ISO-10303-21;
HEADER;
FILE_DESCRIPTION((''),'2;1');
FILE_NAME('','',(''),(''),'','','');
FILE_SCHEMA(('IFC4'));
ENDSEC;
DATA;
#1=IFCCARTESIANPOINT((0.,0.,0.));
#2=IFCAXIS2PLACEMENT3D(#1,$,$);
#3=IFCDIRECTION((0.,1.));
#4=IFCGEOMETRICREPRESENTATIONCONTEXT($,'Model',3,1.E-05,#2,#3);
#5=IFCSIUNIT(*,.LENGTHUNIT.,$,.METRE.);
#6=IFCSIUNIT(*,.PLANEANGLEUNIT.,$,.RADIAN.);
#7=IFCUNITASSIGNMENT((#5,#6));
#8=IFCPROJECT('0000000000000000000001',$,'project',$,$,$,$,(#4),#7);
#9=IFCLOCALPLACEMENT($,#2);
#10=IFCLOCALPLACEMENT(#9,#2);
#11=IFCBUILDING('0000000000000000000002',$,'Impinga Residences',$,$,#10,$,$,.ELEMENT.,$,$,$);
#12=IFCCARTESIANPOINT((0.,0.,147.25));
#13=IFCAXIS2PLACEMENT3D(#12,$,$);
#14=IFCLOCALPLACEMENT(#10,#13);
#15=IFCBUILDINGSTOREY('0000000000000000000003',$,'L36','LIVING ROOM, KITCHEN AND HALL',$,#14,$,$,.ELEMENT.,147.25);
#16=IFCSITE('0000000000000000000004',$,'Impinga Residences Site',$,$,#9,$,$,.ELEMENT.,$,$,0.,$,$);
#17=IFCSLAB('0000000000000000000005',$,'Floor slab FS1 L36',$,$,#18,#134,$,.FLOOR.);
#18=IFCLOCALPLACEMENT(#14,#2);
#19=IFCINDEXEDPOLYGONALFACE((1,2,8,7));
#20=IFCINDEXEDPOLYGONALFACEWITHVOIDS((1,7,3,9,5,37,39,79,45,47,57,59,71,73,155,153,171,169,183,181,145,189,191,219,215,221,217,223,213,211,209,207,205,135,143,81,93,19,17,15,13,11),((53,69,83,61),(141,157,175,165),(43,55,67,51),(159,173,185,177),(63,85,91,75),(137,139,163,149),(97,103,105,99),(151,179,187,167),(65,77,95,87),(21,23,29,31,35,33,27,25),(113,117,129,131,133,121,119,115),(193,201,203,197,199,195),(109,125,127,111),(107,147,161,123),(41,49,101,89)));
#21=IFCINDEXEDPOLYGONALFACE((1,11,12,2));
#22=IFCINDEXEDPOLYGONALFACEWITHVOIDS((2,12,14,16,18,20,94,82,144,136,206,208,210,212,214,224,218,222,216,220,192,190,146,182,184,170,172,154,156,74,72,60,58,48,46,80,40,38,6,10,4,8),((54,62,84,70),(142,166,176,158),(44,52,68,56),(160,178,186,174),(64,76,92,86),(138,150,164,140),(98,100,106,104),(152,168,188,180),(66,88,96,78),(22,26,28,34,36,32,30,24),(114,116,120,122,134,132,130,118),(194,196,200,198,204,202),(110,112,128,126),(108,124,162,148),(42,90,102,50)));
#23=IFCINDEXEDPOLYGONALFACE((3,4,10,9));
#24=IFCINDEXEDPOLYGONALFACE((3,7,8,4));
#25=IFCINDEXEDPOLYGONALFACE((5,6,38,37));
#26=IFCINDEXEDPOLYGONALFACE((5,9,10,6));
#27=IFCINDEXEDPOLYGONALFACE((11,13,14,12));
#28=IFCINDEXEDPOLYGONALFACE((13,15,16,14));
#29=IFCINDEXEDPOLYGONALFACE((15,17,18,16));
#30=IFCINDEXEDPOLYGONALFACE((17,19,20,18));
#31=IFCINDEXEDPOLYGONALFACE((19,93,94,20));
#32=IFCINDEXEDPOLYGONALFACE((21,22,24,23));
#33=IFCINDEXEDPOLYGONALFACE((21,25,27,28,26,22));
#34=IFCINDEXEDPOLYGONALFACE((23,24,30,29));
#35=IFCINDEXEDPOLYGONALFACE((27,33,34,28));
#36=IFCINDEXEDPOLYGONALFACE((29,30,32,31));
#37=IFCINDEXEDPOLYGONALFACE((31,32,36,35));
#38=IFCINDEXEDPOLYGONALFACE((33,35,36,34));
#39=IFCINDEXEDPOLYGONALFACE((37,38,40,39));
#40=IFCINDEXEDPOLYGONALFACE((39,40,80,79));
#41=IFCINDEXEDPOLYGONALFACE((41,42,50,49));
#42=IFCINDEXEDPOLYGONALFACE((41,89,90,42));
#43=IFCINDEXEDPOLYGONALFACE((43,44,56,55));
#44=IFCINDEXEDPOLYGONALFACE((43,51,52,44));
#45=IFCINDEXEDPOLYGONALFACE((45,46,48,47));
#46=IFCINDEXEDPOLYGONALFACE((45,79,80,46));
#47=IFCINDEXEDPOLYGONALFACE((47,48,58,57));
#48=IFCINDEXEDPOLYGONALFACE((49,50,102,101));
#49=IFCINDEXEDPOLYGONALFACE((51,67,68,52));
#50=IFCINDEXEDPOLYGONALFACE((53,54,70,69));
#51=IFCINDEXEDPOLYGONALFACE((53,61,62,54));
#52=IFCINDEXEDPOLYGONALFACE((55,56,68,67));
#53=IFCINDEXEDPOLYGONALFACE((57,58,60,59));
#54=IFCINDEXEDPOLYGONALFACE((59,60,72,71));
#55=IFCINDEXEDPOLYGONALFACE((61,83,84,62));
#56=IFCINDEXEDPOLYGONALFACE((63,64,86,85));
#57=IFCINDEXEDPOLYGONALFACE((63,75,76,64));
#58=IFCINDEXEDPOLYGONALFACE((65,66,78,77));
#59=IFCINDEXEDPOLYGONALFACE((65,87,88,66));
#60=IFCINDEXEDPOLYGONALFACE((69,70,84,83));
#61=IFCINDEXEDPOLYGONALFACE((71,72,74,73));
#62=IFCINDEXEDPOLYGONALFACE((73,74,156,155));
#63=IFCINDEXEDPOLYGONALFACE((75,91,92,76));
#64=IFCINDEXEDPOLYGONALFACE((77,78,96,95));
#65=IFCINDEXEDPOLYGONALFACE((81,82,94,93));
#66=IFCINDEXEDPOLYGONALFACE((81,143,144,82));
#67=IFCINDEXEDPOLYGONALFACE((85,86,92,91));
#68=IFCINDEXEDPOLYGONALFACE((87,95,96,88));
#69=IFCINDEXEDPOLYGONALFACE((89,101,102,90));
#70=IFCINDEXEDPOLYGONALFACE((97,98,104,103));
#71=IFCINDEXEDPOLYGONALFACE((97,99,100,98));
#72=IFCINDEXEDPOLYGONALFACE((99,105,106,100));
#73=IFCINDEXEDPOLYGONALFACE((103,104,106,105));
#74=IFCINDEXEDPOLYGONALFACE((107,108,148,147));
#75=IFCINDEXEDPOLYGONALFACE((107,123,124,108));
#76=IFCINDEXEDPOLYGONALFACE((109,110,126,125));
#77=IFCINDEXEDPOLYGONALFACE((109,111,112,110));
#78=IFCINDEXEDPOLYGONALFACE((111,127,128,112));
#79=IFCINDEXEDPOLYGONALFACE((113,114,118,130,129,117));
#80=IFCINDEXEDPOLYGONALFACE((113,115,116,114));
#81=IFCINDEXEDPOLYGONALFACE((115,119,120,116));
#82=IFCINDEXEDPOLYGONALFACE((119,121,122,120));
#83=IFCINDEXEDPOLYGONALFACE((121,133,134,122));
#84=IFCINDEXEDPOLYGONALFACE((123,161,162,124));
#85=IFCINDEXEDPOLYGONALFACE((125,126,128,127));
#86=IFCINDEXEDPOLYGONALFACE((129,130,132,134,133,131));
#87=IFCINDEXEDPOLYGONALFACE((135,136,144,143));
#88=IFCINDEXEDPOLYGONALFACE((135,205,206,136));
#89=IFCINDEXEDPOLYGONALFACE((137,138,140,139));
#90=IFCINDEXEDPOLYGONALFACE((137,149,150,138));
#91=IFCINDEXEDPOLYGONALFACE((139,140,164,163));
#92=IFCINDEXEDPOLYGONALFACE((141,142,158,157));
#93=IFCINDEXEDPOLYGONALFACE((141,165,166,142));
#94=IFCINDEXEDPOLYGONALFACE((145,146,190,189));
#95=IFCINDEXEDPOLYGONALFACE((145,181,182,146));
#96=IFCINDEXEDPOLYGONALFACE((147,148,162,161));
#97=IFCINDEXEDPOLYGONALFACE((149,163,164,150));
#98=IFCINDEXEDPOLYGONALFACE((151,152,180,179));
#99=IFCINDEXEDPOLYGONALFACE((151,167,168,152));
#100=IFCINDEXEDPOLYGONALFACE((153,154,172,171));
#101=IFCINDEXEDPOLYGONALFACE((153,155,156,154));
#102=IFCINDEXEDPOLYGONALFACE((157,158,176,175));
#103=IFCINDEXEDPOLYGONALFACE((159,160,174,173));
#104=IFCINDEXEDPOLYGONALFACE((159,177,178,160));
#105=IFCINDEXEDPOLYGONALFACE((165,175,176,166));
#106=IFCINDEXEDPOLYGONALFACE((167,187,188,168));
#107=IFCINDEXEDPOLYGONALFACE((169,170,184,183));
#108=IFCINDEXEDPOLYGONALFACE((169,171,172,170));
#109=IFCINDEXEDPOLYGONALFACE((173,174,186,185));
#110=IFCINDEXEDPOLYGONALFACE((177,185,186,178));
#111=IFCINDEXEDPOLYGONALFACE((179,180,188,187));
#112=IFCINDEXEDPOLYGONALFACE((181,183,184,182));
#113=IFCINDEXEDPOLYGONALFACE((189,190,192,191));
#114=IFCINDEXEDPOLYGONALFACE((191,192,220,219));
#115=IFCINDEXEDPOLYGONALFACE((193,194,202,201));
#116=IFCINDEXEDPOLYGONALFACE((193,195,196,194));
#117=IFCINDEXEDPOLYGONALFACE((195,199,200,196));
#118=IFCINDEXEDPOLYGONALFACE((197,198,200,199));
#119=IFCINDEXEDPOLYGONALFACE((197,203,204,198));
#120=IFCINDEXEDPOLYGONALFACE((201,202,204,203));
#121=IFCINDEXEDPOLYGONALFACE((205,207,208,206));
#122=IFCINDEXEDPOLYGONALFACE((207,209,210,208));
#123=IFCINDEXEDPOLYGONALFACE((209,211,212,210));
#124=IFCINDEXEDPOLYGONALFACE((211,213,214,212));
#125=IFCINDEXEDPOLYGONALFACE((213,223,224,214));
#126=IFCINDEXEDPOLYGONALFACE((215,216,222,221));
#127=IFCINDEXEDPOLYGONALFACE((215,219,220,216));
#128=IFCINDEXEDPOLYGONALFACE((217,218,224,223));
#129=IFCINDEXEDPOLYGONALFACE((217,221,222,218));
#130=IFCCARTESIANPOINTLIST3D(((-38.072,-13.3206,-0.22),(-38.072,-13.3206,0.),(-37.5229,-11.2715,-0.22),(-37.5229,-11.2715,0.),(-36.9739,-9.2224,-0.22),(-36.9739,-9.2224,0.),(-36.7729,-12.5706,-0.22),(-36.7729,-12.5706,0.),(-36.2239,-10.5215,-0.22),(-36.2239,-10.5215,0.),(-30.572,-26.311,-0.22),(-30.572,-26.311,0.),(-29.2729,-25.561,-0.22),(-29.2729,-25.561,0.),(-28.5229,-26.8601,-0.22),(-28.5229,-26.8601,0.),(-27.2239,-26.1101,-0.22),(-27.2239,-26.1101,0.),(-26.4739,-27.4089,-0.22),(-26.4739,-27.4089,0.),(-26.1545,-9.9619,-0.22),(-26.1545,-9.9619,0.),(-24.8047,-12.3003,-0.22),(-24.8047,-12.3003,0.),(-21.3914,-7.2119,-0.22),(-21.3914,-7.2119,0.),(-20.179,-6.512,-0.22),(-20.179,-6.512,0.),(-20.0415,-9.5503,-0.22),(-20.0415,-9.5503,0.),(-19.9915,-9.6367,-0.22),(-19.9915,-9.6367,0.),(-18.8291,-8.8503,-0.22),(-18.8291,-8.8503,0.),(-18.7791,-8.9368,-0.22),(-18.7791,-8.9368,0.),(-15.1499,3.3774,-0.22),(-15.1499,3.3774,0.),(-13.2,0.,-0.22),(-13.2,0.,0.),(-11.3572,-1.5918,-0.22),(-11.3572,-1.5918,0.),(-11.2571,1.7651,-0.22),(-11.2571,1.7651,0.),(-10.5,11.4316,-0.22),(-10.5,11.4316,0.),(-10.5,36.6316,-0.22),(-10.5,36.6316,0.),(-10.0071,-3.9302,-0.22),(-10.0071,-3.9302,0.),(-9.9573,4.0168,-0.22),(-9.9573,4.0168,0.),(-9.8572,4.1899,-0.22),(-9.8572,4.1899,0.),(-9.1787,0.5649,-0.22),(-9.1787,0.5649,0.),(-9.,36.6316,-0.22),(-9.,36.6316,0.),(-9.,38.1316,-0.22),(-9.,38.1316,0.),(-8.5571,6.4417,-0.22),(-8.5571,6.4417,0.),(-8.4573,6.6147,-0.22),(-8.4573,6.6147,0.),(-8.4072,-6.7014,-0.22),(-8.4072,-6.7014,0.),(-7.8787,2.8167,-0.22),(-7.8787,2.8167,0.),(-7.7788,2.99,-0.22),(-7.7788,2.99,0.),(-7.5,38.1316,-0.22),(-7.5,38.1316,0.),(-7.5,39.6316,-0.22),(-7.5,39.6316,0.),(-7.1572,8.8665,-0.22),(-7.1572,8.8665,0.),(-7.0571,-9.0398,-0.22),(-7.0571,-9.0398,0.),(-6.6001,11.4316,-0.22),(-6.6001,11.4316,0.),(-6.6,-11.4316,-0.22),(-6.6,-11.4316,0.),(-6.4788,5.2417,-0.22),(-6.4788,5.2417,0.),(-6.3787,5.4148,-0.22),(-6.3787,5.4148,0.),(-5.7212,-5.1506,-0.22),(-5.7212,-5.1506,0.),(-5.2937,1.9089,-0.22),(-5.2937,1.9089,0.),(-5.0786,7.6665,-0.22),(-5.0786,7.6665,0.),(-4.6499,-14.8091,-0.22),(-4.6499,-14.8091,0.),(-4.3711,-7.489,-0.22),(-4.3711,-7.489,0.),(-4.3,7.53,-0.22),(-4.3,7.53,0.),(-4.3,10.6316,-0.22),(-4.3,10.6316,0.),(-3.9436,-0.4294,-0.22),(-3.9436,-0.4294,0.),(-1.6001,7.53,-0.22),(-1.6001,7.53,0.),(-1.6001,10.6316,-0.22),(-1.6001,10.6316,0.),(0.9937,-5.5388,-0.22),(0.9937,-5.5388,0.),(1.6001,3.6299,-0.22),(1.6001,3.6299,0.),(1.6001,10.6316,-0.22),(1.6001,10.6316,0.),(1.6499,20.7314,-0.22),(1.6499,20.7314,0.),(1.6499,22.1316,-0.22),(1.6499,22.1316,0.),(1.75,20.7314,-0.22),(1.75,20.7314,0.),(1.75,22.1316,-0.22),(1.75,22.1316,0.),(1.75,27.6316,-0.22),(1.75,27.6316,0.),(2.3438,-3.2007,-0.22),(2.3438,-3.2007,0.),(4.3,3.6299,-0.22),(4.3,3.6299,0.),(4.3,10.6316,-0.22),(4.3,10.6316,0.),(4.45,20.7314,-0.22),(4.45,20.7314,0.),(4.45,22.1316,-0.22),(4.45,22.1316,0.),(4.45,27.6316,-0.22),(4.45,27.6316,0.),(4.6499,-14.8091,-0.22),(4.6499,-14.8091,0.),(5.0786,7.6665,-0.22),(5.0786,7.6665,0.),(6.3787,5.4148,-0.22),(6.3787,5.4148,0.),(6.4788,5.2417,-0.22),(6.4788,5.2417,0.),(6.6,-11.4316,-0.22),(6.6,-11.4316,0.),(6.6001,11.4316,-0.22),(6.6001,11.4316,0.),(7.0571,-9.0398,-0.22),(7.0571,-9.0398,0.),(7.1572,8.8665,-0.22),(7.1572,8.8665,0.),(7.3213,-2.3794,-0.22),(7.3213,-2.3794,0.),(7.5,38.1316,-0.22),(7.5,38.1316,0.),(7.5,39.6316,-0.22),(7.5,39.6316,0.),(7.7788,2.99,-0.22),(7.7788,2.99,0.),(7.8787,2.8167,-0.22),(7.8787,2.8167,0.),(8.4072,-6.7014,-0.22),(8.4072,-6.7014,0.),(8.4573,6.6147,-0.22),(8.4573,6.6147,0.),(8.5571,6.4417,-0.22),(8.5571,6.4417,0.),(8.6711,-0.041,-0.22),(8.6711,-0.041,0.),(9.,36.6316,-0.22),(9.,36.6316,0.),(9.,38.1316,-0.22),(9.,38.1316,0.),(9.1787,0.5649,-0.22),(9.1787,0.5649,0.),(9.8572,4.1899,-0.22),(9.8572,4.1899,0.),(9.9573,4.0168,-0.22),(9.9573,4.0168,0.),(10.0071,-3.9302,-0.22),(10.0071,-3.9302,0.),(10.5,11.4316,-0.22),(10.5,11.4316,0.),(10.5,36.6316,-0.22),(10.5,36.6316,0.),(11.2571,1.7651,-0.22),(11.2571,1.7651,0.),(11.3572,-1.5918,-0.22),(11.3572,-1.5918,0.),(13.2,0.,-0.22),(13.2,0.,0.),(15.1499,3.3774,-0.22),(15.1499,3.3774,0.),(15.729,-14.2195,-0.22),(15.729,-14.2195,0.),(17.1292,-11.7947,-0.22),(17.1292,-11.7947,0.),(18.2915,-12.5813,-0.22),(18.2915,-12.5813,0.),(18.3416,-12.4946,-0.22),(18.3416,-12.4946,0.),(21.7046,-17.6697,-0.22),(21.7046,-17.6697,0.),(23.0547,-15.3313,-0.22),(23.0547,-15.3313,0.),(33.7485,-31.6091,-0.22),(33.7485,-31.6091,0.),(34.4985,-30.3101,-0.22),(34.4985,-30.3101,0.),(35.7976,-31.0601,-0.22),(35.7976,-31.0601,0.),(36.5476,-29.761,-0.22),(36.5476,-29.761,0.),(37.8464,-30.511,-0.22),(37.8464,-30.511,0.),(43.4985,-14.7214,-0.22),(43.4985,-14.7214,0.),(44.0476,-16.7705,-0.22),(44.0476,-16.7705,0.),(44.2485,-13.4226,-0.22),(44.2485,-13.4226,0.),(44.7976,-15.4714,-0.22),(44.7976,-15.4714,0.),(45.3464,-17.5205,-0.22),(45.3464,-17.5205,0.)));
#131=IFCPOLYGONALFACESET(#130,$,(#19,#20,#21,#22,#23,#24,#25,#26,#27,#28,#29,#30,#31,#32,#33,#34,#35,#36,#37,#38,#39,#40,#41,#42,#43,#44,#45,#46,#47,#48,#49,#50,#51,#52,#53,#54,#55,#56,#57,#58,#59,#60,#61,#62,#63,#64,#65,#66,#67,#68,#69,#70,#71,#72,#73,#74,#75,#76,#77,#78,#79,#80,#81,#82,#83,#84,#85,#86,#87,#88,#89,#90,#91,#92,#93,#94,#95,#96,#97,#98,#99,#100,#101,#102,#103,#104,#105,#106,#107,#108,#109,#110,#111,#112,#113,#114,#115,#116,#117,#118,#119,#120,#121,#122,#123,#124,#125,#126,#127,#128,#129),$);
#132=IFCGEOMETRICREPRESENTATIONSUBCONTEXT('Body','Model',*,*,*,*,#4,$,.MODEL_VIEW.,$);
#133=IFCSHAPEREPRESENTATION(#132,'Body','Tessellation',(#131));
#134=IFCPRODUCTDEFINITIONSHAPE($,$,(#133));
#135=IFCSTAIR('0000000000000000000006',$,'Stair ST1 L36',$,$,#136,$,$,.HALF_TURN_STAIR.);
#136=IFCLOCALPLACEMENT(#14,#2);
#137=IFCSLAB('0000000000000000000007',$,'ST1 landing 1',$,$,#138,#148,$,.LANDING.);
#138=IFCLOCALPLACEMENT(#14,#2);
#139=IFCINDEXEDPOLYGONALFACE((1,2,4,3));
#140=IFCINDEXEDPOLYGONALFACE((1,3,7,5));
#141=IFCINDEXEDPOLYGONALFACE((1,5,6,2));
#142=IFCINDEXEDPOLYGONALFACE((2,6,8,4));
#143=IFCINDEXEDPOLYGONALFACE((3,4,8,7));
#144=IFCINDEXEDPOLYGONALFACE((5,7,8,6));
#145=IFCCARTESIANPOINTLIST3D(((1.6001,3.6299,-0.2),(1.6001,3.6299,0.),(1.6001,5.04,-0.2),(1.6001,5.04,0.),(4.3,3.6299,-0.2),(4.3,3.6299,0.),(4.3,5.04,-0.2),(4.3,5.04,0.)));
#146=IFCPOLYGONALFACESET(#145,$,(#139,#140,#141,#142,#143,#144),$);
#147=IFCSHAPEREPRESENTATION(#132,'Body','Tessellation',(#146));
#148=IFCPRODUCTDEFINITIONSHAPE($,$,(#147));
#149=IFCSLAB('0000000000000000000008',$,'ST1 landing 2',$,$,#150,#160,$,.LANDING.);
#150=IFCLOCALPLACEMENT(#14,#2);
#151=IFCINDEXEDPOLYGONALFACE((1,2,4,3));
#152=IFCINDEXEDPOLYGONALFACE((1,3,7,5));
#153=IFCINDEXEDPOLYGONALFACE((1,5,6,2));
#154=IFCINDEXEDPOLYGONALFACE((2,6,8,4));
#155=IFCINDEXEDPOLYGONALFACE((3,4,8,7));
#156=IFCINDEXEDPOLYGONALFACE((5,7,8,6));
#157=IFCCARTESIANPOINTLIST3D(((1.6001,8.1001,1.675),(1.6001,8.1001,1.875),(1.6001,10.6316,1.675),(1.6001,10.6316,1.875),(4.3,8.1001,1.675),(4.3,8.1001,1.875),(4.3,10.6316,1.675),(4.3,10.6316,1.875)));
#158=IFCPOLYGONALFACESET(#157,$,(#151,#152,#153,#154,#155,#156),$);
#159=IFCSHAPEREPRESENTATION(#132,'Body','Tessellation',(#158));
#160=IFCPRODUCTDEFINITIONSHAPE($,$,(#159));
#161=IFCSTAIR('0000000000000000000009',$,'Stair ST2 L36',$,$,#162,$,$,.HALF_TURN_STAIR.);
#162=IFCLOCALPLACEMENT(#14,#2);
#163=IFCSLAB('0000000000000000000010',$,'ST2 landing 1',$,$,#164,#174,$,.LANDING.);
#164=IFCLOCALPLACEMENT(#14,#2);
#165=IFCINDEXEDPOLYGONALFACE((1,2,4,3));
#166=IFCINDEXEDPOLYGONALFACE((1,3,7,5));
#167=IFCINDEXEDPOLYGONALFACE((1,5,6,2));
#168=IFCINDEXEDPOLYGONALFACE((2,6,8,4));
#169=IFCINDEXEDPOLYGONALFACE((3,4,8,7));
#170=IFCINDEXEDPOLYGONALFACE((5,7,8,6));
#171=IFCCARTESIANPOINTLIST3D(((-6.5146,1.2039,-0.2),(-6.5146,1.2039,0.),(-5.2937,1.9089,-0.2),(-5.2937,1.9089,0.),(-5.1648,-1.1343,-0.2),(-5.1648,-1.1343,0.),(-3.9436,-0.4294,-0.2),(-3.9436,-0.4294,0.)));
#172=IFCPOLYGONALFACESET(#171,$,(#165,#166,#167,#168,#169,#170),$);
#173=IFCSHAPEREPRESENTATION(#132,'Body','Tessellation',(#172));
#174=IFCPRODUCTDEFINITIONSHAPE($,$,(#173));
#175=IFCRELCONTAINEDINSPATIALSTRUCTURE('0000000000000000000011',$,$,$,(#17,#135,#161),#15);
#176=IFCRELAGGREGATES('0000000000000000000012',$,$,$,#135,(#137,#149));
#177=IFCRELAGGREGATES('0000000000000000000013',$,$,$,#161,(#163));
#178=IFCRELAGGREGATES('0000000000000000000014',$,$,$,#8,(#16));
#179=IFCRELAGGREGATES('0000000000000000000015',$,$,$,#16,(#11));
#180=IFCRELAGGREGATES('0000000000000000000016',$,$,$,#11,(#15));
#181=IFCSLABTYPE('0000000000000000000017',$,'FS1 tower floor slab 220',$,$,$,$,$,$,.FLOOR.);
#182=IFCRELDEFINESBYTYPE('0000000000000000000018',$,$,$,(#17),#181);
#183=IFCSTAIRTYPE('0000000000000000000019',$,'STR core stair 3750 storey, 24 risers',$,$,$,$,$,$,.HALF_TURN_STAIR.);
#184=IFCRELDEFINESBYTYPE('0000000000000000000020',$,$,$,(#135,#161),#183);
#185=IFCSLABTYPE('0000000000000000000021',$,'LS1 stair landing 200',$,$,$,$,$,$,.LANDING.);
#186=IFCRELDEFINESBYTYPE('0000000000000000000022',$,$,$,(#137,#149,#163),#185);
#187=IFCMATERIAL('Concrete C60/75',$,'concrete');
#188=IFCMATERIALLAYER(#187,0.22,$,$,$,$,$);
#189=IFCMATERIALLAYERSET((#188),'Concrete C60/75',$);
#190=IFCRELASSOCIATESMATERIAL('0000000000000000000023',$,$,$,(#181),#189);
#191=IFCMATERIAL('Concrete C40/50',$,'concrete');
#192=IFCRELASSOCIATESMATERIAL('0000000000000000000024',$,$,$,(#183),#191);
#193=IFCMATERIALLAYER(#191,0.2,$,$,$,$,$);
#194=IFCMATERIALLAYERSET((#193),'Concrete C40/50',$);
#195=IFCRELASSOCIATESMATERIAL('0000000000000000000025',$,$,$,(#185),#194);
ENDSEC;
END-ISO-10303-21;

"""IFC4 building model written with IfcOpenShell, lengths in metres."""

from ifc_helpers import new_model, si_unit, direction, frame, origin, place, context, subcontext, project, spatial, polyline, outline, extrude, material, layer, layer_set, type_object, element, aggregate, save


model = new_model("IFC4")

# Units and contexts
model_context = context("Model", 3, precision=1e-05, world=origin(), true_north=direction((0.0, 1.0)))
body_context = subcontext(model_context, "Body", "Model", "MODEL_VIEW")
ifc_project = project(units=[si_unit("LENGTHUNIT", "METRE"), si_unit("PLANEANGLEUNIT", "RADIAN")], contexts=[model_context])

# Site, building, storey
site_placement = place(None, origin())
site = spatial("IfcSite", under=ifc_project, at=site_placement, Name="Impinga Residences Site", CompositionType="ELEMENT", RefElevation=0.0)
building_placement = place(site_placement, origin())
building = spatial("IfcBuilding", under=site, at=building_placement, Name="Impinga Residences", CompositionType="ELEMENT")
storey_placement = place(building_placement, frame((0.0, 0.0, 147.25)))
storey = spatial("IfcBuildingStorey", under=building, at=storey_placement, Name="L36", Description="LIVING ROOM, KITCHEN AND HALL", CompositionType="ELEMENT", Elevation=147.25)

# Slab
ifc_material_1 = material(Name="Concrete C60/75", Category="concrete")
ifc_layer_1 = layer(ifc_material_1, 0.22)
ifc_layer_set_1 = layer_set([ifc_layer_1], Name="Concrete C60/75")
slab_type_1 = type_object("IfcSlabType", Name="FS1 tower floor slab 220", PredefinedType="FLOOR", material=ifc_layer_set_1)
slab_1_placement = place(storey_placement, frame((0.0, 0.0, -0.22)))
element("IfcSlab", 1, at=slab_1_placement, inside=storey, type_object=slab_type_1, Name="Floor slab FS1 L36", PredefinedType="FLOOR", context=body_context, shape_type="SweptSolid", body=[
    extrude(outline(polyline([(43.4985, -14.7214), (44.7976, -15.4714), (44.0476, -16.7705), (45.3464, -17.5205), (37.8464, -30.511), (36.5476, -29.761), (35.7976, -31.0601), (34.4985, -30.3101), (33.7485, -31.6091), (4.6499, -14.8091), (9.9001, -5.7158), (6.6001, -11.4316), (-6.6001, -11.4316), (-9.9001, -5.7158), (-4.6499, -14.8091), (-26.4739, -27.4089), (-27.2239, -26.1101), (-28.5229, -26.8601), (-29.2729, -25.561), (-30.572, -26.311), (-38.072, -13.3206), (-36.7729, -12.5706), (-37.5229, -11.2715), (-36.2239, -10.5215), (-36.9739, -9.2224), (-15.1499, 3.3774), (-13.2, 0.0), (-6.6001, 11.4316), (-10.5, 11.4316), (-10.5, 36.6316), (-9.0, 36.6316), (-9.0, 38.1316), (-7.5, 38.1316), (-7.5, 39.6316), (7.5, 39.6316), (7.5, 38.1316), (9.0, 38.1316), (9.0, 36.6316), (10.5, 36.6316), (10.5, 11.4316), (6.6001, 11.4316), (13.2, 0.0), (15.1499, 3.3774), (44.2485, -13.4226), (43.4985, -14.7214)]), holes=[polyline([(-18.7791, -8.9368), (-18.8291, -8.8503), (-18.8291, -8.8503), (-20.179, -6.512), (-21.3914, -7.2119), (-21.3914, -7.2119), (-26.1545, -9.9619), (-24.8047, -12.3003), (-20.0415, -9.5503), (-19.9915, -9.6367), (-18.7791, -8.9368)]), polyline([(-4.3711, -7.489), (-5.7212, -5.1506), (-8.4072, -6.7014), (-7.0571, -9.0398), (-4.3711, -7.489)]), polyline([(-3.9436, -0.4294), (-5.2937, 1.9089), (-11.3572, -1.5918), (-10.0071, -3.9302), (-3.9436, -0.4294)]), polyline([(-7.8787, 2.8167), (-9.9573, 4.0168), (-11.2571, 1.7651), (-9.1787, 0.5649), (-7.8787, 2.8167)]), polyline([(-6.4788, 5.2417), (-8.5571, 6.4417), (-9.8572, 4.1899), (-7.7788, 2.99), (-6.4788, 5.2417)]), polyline([(4.3, 3.6299), (4.3, 10.6316), (1.6001, 10.6316), (1.6001, 3.6299), (4.3, 3.6299)]), polyline([(-6.3787, 5.4148), (-5.0786, 7.6665), (-7.1572, 8.8665), (-8.4573, 6.6147), (-6.3787, 5.4148)]), polyline([(-4.3, 7.53), (-1.6001, 7.53), (-1.6001, 10.6316), (-4.3, 10.6316), (-4.3, 7.53)]), polyline([(4.45, 20.7314), (4.45, 22.1316), (4.45, 27.6316), (1.75, 27.6316), (1.75, 22.1316), (1.6499, 22.1316), (1.6499, 20.7314), (1.75, 20.7314), (4.45, 20.7314)]), polyline([(15.729, -14.2195), (21.7046, -17.6697), (23.0547, -15.3313), (18.2915, -12.5813), (18.3416, -12.4946), (17.1292, -11.7947), (15.729, -14.2195)]), polyline([(2.3438, -3.2007), (0.9937, -5.5388), (7.0571, -9.0398), (8.4072, -6.7014), (2.3438, -3.2007)]), polyline([(7.3213, -2.3794), (10.0071, -3.9302), (11.3572, -1.5918), (8.6711, -0.041), (7.3213, -2.3794)]), polyline([(7.8787, 2.8167), (9.1787, 0.5649), (11.2571, 1.7651), (9.9573, 4.0168), (7.8787, 2.8167)]), polyline([(6.4788, 5.2417), (7.7788, 2.99), (9.8572, 4.1899), (8.5571, 6.4417), (6.4788, 5.2417)]), polyline([(6.3787, 5.4148), (8.4573, 6.6147), (7.1572, 8.8665), (5.0786, 7.6665), (6.3787, 5.4148)])]), origin(), (0.0, 0.0, 1.0), 0.22),
])

# Stairs, slabs
ifc_material_2 = material(Name="Concrete C40/50", Category="concrete")
stair_type_1 = type_object("IfcStairType", Name="STR core stair 3750 storey, 24 risers", PredefinedType="HALF_TURN_STAIR", material=ifc_material_2)
stair_1_placement = place(storey_placement, origin())
stair_1 = element("IfcStair", 2, at=stair_1_placement, inside=storey, type_object=stair_type_1, Name="Stair ST1 L36", PredefinedType="HALF_TURN_STAIR")
ifc_layer_2 = layer(ifc_material_2, 0.2)
ifc_layer_set_2 = layer_set([ifc_layer_2], Name="Concrete C40/50")
slab_type_2 = type_object("IfcSlabType", Name="LS1 stair landing 200", PredefinedType="LANDING", material=ifc_layer_set_2)
slab_2_placement = place(storey_placement, frame((0.0, 0.0, -0.2)))
slab_2 = element("IfcSlab", 3, at=slab_2_placement, type_object=slab_type_2, Name="ST1 landing 1", PredefinedType="LANDING", context=body_context, shape_type="SweptSolid", body=[
    extrude(outline(polyline([(1.6001, 3.6299), (4.3, 3.6299), (4.3, 5.04), (1.6001, 5.04), (1.6001, 3.6299)])), origin(), (0.0, 0.0, 1.0), 0.2),
])
slab_3_placement = place(storey_placement, frame((0.0, 0.0, 1.675)))
slab_3 = element("IfcSlab", 4, at=slab_3_placement, type_object=slab_type_2, Name="ST1 landing 2", PredefinedType="LANDING", context=body_context, shape_type="SweptSolid", body=[
    extrude(outline(polyline([(1.6001, 8.1001), (4.3, 8.1001), (4.3, 10.6316), (1.6001, 10.6316), (1.6001, 8.1001)])), origin(), (0.0, 0.0, 1.0), 0.2),
])
aggregate(stair_1, [slab_2, slab_3])
stair_2_placement = place(storey_placement, origin())
stair_2 = element("IfcStair", 5, at=stair_2_placement, inside=storey, type_object=stair_type_1, Name="Stair ST2 L36", PredefinedType="HALF_TURN_STAIR")
slab_4_placement = place(storey_placement, frame((0.0, 0.0, -0.2)))
slab_4 = element("IfcSlab", 6, at=slab_4_placement, type_object=slab_type_2, Name="ST2 landing 1", PredefinedType="LANDING", context=body_context, shape_type="SweptSolid", body=[
    extrude(outline(polyline([(-3.9436, -0.4294), (-5.2937, 1.9089), (-6.5146, 1.2039), (-5.1648, -1.1343), (-3.9436, -0.4294)])), origin(), (0.0, 0.0, 1.0), 0.2),
])
aggregate(stair_2, [slab_4])

save(model, "model.ifc")
